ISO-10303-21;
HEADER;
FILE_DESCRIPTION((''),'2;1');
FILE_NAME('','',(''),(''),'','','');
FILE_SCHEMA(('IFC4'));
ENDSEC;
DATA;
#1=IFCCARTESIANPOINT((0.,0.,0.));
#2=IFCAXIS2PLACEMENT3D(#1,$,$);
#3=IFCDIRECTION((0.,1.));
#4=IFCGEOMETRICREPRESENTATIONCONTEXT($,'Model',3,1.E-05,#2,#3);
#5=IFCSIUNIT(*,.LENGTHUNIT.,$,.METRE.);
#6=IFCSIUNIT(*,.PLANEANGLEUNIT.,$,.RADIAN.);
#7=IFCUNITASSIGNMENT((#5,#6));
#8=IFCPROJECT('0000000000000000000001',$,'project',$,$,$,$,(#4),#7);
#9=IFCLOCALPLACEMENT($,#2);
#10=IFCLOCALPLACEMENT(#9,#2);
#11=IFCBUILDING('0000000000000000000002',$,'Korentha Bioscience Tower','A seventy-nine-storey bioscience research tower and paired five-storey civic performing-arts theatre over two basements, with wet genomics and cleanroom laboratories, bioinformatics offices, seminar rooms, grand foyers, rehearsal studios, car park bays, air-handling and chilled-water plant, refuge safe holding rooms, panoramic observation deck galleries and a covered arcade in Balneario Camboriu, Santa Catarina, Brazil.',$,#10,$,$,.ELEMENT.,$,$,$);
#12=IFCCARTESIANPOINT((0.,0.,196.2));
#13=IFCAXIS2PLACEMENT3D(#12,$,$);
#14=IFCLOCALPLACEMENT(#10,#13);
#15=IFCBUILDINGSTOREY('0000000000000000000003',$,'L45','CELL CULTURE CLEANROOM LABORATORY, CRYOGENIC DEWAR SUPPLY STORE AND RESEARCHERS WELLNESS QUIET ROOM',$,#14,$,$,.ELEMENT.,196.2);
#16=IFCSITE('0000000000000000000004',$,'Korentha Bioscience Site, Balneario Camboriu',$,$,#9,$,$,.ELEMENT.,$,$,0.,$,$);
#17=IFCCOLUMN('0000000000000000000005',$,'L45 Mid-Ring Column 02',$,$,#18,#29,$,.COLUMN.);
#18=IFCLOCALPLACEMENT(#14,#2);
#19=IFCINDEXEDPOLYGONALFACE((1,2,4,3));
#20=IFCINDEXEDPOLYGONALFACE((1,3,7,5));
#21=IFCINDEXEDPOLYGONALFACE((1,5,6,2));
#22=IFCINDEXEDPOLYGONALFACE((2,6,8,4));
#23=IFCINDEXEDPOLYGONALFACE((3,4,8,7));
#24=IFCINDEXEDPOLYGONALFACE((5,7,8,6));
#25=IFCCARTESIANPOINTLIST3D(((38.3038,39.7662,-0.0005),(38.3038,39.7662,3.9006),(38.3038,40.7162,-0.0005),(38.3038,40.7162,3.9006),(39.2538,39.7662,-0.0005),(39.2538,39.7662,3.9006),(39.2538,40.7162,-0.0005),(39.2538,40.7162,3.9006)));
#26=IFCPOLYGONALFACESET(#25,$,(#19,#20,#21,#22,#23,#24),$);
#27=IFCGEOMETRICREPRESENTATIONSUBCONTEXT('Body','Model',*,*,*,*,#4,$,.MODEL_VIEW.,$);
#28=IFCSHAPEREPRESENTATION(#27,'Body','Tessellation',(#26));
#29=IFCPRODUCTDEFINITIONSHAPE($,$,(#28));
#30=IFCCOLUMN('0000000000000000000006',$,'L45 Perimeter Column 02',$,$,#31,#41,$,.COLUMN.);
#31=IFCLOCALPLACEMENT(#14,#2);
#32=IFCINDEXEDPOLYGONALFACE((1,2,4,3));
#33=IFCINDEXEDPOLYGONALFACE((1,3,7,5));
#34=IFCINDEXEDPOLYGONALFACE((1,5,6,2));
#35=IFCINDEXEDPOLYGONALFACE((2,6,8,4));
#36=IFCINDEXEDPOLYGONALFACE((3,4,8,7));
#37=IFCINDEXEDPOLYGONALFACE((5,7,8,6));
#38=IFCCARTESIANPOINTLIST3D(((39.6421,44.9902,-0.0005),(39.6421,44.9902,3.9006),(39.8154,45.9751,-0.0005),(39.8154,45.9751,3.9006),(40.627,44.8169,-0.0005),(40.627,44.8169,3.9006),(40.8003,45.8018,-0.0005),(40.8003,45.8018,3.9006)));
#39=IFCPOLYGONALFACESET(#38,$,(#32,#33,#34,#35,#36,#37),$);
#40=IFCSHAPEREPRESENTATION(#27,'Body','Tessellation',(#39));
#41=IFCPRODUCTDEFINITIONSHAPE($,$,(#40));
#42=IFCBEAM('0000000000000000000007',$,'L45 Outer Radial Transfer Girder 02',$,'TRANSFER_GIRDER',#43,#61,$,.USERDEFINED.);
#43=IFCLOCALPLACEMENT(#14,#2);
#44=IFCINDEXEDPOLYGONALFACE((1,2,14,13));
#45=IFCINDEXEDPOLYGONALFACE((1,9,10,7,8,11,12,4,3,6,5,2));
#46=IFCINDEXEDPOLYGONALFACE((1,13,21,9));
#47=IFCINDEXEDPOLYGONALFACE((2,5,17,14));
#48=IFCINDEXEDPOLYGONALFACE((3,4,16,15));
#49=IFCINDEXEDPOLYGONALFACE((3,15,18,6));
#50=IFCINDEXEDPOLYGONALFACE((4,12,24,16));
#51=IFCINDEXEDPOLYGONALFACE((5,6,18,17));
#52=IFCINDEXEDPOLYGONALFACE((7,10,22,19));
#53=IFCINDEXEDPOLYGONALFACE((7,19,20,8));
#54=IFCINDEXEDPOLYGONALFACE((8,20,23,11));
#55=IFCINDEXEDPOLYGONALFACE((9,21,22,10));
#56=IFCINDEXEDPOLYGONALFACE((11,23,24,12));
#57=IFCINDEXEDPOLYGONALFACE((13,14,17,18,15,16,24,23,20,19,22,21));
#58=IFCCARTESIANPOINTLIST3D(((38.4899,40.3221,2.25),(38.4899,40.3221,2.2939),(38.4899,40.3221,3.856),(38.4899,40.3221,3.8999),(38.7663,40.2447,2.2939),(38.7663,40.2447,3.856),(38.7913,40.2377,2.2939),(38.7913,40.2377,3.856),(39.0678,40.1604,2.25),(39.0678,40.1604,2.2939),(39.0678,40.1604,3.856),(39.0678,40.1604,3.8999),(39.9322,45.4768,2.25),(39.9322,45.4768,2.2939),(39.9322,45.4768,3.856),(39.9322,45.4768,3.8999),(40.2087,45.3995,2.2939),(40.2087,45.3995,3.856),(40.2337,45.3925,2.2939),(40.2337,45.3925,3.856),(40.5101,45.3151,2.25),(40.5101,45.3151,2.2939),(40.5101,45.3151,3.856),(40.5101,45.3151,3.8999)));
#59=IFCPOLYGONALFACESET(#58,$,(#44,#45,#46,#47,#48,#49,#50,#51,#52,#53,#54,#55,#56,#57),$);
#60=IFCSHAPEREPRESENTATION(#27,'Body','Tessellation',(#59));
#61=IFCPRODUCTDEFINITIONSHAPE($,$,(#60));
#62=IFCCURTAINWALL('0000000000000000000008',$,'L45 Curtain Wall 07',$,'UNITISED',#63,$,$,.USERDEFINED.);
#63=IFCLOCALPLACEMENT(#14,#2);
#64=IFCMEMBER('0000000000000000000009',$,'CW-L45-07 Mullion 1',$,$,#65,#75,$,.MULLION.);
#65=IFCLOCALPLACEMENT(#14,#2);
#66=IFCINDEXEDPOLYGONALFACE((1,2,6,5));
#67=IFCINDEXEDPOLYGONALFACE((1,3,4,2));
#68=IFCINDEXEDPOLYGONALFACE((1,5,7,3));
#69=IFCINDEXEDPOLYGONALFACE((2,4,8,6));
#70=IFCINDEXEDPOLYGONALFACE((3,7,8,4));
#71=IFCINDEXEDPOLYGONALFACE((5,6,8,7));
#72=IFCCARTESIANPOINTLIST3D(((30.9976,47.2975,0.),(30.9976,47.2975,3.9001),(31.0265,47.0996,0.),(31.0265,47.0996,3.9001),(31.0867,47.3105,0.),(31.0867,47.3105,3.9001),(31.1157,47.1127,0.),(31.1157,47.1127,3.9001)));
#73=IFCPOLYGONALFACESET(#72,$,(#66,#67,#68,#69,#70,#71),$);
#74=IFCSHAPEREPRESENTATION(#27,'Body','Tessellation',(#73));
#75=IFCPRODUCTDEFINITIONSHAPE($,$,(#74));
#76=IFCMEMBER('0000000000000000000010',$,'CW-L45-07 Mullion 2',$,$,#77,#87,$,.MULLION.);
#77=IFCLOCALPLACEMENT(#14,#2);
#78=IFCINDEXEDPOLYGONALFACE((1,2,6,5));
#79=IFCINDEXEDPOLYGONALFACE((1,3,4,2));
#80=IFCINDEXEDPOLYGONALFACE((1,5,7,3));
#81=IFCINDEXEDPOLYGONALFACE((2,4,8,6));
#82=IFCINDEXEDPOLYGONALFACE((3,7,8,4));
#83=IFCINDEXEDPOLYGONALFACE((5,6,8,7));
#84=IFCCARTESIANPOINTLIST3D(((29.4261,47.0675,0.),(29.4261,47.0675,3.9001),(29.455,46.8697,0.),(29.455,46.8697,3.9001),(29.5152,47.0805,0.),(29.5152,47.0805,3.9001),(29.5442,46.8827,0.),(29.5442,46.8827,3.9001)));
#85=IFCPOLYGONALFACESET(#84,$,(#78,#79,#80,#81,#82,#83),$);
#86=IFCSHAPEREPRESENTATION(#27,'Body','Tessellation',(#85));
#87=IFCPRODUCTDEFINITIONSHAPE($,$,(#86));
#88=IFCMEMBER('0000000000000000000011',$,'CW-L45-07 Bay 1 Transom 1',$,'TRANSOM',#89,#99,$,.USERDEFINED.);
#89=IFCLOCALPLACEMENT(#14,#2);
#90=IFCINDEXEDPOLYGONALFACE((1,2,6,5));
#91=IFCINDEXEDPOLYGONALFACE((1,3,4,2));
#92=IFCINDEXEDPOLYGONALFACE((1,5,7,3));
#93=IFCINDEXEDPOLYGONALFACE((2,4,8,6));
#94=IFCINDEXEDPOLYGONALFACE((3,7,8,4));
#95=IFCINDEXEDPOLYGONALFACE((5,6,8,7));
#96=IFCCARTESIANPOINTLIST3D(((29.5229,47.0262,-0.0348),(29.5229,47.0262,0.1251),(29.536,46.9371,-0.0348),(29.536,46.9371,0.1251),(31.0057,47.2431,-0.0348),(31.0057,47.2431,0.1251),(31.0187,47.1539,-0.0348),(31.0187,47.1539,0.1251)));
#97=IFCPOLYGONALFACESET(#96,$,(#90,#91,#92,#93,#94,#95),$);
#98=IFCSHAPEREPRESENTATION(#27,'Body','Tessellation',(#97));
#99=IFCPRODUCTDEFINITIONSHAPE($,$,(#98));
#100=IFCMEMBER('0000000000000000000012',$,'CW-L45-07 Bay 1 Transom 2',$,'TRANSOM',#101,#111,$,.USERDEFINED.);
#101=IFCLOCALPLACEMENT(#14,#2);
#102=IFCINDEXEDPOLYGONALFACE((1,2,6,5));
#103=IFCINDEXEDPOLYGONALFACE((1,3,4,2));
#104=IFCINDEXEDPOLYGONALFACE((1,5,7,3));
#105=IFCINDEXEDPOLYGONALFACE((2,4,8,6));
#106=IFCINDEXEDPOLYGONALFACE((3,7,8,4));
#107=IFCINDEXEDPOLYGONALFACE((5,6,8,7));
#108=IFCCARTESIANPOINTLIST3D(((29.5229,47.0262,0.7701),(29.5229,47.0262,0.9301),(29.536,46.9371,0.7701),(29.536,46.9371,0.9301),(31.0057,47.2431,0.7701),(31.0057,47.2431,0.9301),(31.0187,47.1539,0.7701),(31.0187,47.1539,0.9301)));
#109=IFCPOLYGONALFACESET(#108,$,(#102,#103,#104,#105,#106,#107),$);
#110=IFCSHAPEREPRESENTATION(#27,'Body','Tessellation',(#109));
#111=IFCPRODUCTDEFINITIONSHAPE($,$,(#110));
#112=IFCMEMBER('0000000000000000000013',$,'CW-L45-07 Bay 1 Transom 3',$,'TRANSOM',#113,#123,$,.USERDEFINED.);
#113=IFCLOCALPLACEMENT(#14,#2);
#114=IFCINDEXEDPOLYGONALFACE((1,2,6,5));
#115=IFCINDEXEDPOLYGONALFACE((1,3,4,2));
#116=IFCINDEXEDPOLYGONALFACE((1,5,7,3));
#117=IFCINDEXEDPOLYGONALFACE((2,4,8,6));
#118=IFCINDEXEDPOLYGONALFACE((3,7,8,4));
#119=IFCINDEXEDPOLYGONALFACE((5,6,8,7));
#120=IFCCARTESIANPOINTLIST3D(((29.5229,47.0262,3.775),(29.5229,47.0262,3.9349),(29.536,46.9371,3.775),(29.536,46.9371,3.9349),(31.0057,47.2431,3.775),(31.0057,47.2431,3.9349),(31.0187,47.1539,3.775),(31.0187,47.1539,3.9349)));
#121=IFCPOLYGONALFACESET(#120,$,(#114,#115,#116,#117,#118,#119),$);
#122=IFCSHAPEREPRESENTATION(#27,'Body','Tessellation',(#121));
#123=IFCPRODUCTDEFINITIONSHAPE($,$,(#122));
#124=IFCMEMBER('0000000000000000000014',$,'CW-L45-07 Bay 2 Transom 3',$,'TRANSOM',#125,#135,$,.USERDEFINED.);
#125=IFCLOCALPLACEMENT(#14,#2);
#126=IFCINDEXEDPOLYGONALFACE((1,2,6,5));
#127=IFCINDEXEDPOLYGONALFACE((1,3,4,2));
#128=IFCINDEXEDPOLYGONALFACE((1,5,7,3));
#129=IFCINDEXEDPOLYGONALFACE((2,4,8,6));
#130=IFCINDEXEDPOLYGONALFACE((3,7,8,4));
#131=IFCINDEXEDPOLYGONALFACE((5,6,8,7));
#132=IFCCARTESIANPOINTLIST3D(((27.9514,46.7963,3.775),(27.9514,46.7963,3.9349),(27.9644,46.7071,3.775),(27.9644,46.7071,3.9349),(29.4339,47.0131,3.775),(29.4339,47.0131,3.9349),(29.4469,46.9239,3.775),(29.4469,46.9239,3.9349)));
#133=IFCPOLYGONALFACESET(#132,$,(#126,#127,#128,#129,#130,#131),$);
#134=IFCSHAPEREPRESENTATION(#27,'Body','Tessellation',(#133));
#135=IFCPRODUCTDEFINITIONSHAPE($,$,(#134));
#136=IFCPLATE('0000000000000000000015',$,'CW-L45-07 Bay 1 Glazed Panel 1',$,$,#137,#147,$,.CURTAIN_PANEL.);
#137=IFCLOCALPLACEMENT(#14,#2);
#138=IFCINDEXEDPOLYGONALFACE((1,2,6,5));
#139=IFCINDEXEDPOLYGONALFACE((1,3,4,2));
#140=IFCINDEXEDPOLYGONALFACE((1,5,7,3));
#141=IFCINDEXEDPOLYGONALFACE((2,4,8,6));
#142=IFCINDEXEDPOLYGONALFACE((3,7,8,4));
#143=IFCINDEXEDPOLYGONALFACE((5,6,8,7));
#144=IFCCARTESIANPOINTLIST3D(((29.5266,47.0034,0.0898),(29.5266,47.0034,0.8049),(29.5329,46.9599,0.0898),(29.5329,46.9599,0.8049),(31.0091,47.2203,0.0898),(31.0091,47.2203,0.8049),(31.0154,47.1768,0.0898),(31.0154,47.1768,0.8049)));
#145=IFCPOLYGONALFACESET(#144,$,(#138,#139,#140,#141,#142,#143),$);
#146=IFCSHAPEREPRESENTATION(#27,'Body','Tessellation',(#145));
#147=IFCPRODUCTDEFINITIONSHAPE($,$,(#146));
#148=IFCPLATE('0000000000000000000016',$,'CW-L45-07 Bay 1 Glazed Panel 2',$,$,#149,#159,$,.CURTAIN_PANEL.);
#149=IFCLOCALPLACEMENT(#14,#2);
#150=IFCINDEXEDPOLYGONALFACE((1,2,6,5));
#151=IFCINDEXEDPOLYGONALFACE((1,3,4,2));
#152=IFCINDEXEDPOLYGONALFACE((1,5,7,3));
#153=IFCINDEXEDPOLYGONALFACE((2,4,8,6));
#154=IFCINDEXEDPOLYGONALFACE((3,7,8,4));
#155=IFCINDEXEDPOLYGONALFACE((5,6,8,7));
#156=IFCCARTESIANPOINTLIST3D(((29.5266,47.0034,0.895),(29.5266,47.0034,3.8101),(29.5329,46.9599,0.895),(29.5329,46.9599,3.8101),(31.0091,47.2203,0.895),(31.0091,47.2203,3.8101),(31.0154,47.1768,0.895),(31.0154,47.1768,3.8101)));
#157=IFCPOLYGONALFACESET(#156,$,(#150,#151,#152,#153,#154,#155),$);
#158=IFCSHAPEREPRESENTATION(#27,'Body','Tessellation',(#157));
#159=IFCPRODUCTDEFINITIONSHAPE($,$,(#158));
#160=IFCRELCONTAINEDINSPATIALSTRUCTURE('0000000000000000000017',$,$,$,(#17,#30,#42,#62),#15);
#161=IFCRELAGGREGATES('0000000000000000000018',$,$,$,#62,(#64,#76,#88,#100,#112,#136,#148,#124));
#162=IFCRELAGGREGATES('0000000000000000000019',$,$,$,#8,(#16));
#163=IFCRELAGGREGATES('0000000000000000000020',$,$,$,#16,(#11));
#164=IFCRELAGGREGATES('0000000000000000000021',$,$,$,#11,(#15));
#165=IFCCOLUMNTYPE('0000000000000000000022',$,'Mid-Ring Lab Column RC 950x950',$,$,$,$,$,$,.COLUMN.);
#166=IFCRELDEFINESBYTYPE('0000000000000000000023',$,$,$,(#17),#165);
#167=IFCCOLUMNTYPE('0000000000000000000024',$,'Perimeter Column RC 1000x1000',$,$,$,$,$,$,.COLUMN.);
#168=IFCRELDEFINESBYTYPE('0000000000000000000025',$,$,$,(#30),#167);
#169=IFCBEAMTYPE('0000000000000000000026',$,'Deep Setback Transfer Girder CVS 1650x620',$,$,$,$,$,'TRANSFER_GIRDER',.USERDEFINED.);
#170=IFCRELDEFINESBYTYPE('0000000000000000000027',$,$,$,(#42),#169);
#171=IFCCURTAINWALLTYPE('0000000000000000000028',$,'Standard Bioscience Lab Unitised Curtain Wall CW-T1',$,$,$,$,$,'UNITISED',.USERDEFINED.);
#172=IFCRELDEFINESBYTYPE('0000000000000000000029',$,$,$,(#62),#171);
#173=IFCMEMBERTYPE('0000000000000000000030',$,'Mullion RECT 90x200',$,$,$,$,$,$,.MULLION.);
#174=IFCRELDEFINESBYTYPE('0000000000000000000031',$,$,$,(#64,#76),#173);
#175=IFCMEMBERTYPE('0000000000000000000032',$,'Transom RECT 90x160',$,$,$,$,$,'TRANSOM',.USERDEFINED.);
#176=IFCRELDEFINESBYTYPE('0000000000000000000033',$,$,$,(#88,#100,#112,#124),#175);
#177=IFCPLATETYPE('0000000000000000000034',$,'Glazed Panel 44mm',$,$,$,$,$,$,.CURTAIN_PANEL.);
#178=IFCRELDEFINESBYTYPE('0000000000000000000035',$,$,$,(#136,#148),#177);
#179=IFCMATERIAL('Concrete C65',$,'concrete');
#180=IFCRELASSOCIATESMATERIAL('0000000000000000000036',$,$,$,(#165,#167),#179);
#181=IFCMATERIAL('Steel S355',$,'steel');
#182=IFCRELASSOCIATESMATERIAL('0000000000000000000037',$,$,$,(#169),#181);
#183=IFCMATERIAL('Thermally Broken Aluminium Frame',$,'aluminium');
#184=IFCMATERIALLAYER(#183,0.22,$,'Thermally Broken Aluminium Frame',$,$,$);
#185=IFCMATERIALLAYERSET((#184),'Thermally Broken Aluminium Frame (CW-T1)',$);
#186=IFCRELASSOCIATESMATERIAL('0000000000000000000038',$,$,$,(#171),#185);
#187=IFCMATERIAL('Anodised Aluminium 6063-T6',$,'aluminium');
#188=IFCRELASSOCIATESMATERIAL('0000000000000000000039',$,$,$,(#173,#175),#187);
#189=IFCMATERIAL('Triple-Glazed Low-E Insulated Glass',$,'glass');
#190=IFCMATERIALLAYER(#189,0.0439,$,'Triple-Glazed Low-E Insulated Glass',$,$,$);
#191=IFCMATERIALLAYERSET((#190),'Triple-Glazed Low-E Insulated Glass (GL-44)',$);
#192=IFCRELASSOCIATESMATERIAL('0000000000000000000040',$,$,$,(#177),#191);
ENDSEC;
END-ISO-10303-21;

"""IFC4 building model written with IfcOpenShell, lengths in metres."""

from ifc_helpers import new_model, si_unit, direction, frame, origin, origin_2d, place, context, subcontext, project, spatial, rectangle, i_section, extrude, material, layer, layer_set, material_profile, profile_set, type_object, element, aggregate, save


model = new_model("IFC4")

# Units and contexts
model_context = context("Model", 3, precision=1e-05, world=origin(), true_north=direction((0.0, 1.0)))
body_context = subcontext(model_context, "Body", "Model", "MODEL_VIEW")
ifc_project = project(units=[si_unit("LENGTHUNIT", "METRE"), si_unit("PLANEANGLEUNIT", "RADIAN")], contexts=[model_context])

# Site, building, storey
site_placement = place(None, origin())
site = spatial("IfcSite", under=ifc_project, at=site_placement, Name="Korentha Bioscience Site, Balneario Camboriu", CompositionType="ELEMENT", RefElevation=0.0)
building_placement = place(site_placement, origin())
building = spatial("IfcBuilding", under=site, at=building_placement, Name="Korentha Bioscience Tower", Description="A seventy-nine-storey bioscience research tower and paired five-storey civic performing-arts theatre over two basements, with wet genomics and cleanroom laboratories, bioinformatics offices, seminar rooms, grand foyers, rehearsal studios, car park bays, air-handling and chilled-water plant, refuge safe holding rooms, panoramic observation deck galleries and a covered arcade in Balneario Camboriu, Santa Catarina, Brazil.", CompositionType="ELEMENT")
storey_placement = place(building_placement, frame((0.0, 0.0, 196.2)))
storey = spatial("IfcBuildingStorey", under=building, at=storey_placement, Name="L45", Description="CELL CULTURE CLEANROOM LABORATORY, CRYOGENIC DEWAR SUPPLY STORE AND RESEARCHERS WELLNESS QUIET ROOM", CompositionType="ELEMENT", Elevation=196.2)

# Columns
ifc_material_1 = material(Name="Concrete C65", Category="concrete")
ifc_material_profile_1 = material_profile(ifc_material_1, rectangle(XDim=0.95, YDim=0.95, at=origin_2d()), Name="Concrete C65")
ifc_profile_set_1 = profile_set([ifc_material_profile_1], Name="Concrete C65 (COL-MR09)")
column_type_1 = type_object("IfcColumnType", Name="Mid-Ring Lab Column RC 950x950", PredefinedType="COLUMN", material=ifc_profile_set_1)
column_1_placement = place(storey_placement, frame((38.7788, 40.2412, -0.0005), z_axis=(0.0, 0.0, 1.0), x_axis=(1.0, 0.0, 0.0)))
element("IfcColumn", 1, at=column_1_placement, inside=storey, type_object=column_type_1, Name="L45 Mid-Ring Column 02", PredefinedType="COLUMN", context=body_context, shape_type="SweptSolid", body=[
    extrude(rectangle(XDim=0.95, YDim=0.95, at=origin_2d()), origin(), (0.0, 0.0, 1.0), 3.9011),
])
ifc_material_profile_2 = material_profile(ifc_material_1, rectangle(XDim=1.0, YDim=1.0, at=origin_2d()), Name="Concrete C65")
ifc_profile_set_2 = profile_set([ifc_material_profile_2], Name="Concrete C65 (COL-P10)")
column_type_2 = type_object("IfcColumnType", Name="Perimeter Column RC 1000x1000", PredefinedType="COLUMN", material=ifc_profile_set_2)
column_2_placement = place(storey_placement, frame((40.2212, 45.396, -0.0005), z_axis=(0.0, 0.0, 1.0), x_axis=(-0.984868, 0.173304, 0.0)))
element("IfcColumn", 2, at=column_2_placement, inside=storey, type_object=column_type_2, Name="L45 Perimeter Column 02", PredefinedType="COLUMN", context=body_context, shape_type="SweptSolid", body=[
    extrude(rectangle(XDim=1.0, YDim=1.0, at=origin_2d()), origin(), (0.0, 0.0, 1.0), 3.9011),
])

# Beam
ifc_material_2 = material(Name="Steel S355", Category="steel")
ifc_material_profile_3 = material_profile(ifc_material_2, i_section(OverallWidth=0.6001, OverallDepth=1.6499, WebThickness=0.0259, FlangeThickness=0.0439, at=origin_2d()), Name="Steel S355")
ifc_profile_set_3 = profile_set([ifc_material_profile_3], Name="Steel S355 (TG-04)")
beam_type = type_object("IfcBeamType", Name="Deep Setback Transfer Girder CVS 1650x620", ElementType="TRANSFER_GIRDER", PredefinedType="USERDEFINED", material=ifc_profile_set_3)
beam_placement = place(storey_placement, frame((38.7788, 40.2412, 3.075), z_axis=(0.269464, 0.96301, 0.0), x_axis=(-0.96301, 0.269464, 0.0)))
element("IfcBeam", 3, at=beam_placement, inside=storey, type_object=beam_type, Name="L45 Outer Radial Transfer Girder 02", ObjectType="TRANSFER_GIRDER", PredefinedType="USERDEFINED", context=body_context, shape_type="SweptSolid", body=[
    extrude(i_section(OverallWidth=0.6001, OverallDepth=1.6499, WebThickness=0.0259, FlangeThickness=0.0439, at=origin_2d()), origin(), (0.0, 0.0, 1.0), 5.3528),
])

# Curtain wall, members, plates
ifc_material_3 = material(Name="Thermally Broken Aluminium Frame", Category="aluminium")
ifc_layer_1 = layer(ifc_material_3, 0.22, Name="Thermally Broken Aluminium Frame")
ifc_layer_set_1 = layer_set([ifc_layer_1], Name="Thermally Broken Aluminium Frame (CW-T1)")
curtain_wall_type = type_object("IfcCurtainWallType", Name="Standard Bioscience Lab Unitised Curtain Wall CW-T1", ElementType="UNITISED", PredefinedType="USERDEFINED", material=ifc_layer_set_1)
curtain_wall_placement = place(storey_placement, origin())
curtain_wall = element("IfcCurtainWall", 4, at=curtain_wall_placement, inside=storey, type_object=curtain_wall_type, Name="L45 Curtain Wall 07", ObjectType="UNITISED", PredefinedType="USERDEFINED")
ifc_material_4 = material(Name="Anodised Aluminium 6063-T6", Category="aluminium")
ifc_material_profile_4 = material_profile(ifc_material_4, rectangle(XDim=0.0901, YDim=0.2, at=origin_2d()), Name="Anodised Aluminium 6063-T6")
ifc_profile_set_4 = profile_set([ifc_material_profile_4], Name="Anodised Aluminium 6063-T6 (CW-MUL)")
member_type_1 = type_object("IfcMemberType", Name="Mullion RECT 90x200", PredefinedType="MULLION", material=ifc_profile_set_4)
member_1_placement = place(storey_placement, frame((31.0566, 47.2051, 0.0), z_axis=(0.0, 0.0, 1.0), x_axis=(-0.989462, -0.144793, 0.0)))
member_1 = element("IfcMember", 5, at=member_1_placement, type_object=member_type_1, Name="CW-L45-07 Mullion 1", PredefinedType="MULLION", context=body_context, shape_type="SweptSolid", body=[
    extrude(rectangle(XDim=0.0901, YDim=0.2, at=origin_2d()), origin(), (0.0, 0.0, 1.0), 3.9001),
])
member_2_placement = place(storey_placement, frame((29.4851, 46.9751, 0.0), z_axis=(0.0, 0.0, 1.0), x_axis=(-0.989462, -0.144793, 0.0)))
member_2 = element("IfcMember", 6, at=member_2_placement, type_object=member_type_1, Name="CW-L45-07 Mullion 2", PredefinedType="MULLION", context=body_context, shape_type="SweptSolid", body=[
    extrude(rectangle(XDim=0.0901, YDim=0.2, at=origin_2d()), origin(), (0.0, 0.0, 1.0), 3.9001),
])
ifc_material_profile_5 = material_profile(ifc_material_4, rectangle(XDim=0.0901, YDim=0.1599, at=origin_2d()), Name="Anodised Aluminium 6063-T6")
ifc_profile_set_5 = profile_set([ifc_material_profile_5], Name="Anodised Aluminium 6063-T6 (CW-TRN)")
member_type_2 = type_object("IfcMemberType", Name="Transom RECT 90x160", ElementType="TRANSOM", PredefinedType="USERDEFINED", material=ifc_profile_set_5)
member_3_placement = place(storey_placement, frame((31.0122, 47.1985, 0.0452), z_axis=(-0.989478, -0.144682, 0.0), x_axis=(0.144682, -0.989478, 0.0)))
member_3 = element("IfcMember", 7, at=member_3_placement, type_object=member_type_2, Name="CW-L45-07 Bay 1 Transom 1", ObjectType="TRANSOM", PredefinedType="USERDEFINED", context=body_context, shape_type="SweptSolid", body=[
    extrude(rectangle(XDim=0.0901, YDim=0.1599, at=origin_2d()), origin(), (0.0, 0.0, 1.0), 1.4985),
])
member_4_placement = place(storey_placement, frame((31.0122, 47.1985, 0.8501), z_axis=(-0.989478, -0.144682, 0.0), x_axis=(0.144682, -0.989478, 0.0)))
member_4 = element("IfcMember", 8, at=member_4_placement, type_object=member_type_2, Name="CW-L45-07 Bay 1 Transom 2", ObjectType="TRANSOM", PredefinedType="USERDEFINED", context=body_context, shape_type="SweptSolid", body=[
    extrude(rectangle(XDim=0.0901, YDim=0.1599, at=origin_2d()), origin(), (0.0, 0.0, 1.0), 1.4985),
])
member_5_placement = place(storey_placement, frame((31.0122, 47.1985, 3.855), z_axis=(-0.989478, -0.144682, 0.0), x_axis=(0.144682, -0.989478, 0.0)))
member_5 = element("IfcMember", 9, at=member_5_placement, type_object=member_type_2, Name="CW-L45-07 Bay 1 Transom 3", ObjectType="TRANSOM", PredefinedType="USERDEFINED", context=body_context, shape_type="SweptSolid", body=[
    extrude(rectangle(XDim=0.0901, YDim=0.1599, at=origin_2d()), origin(), (0.0, 0.0, 1.0), 1.4985),
])
member_6_placement = place(storey_placement, frame((29.4404, 46.9685, 3.855), z_axis=(-0.989475, -0.144706, 0.0), x_axis=(0.144706, -0.989475, 0.0)))
member_6 = element("IfcMember", 10, at=member_6_placement, type_object=member_type_2, Name="CW-L45-07 Bay 2 Transom 3", ObjectType="TRANSOM", PredefinedType="USERDEFINED", context=body_context, shape_type="SweptSolid", body=[
    extrude(rectangle(XDim=0.0901, YDim=0.1599, at=origin_2d()), origin(), (0.0, 0.0, 1.0), 1.4983),
])
ifc_material_5 = material(Name="Triple-Glazed Low-E Insulated Glass", Category="glass")
ifc_layer_2 = layer(ifc_material_5, 0.0439, Name="Triple-Glazed Low-E Insulated Glass")
ifc_layer_set_2 = layer_set([ifc_layer_2], Name="Triple-Glazed Low-E Insulated Glass (GL-44)")
plate_type = type_object("IfcPlateType", Name="Glazed Panel 44mm", PredefinedType="CURTAIN_PANEL", material=ifc_layer_set_2)
plate_1_placement = place(storey_placement, frame((30.271, 47.0901, 0.0898), z_axis=(0.0, 0.0, 1.0), x_axis=(-0.989462, -0.144793, 0.0)))
plate_1 = element("IfcPlate", 11, at=plate_1_placement, type_object=plate_type, Name="CW-L45-07 Bay 1 Glazed Panel 1", PredefinedType="CURTAIN_PANEL", context=body_context, shape_type="SweptSolid", body=[
    extrude(rectangle(XDim=1.4983, YDim=0.0439, at=origin_2d()), origin(), (0.0, 0.0, 1.0), 0.7151),
])
plate_2_placement = place(storey_placement, frame((30.271, 47.0901, 0.895), z_axis=(0.0, 0.0, 1.0), x_axis=(-0.989462, -0.144793, 0.0)))
plate_2 = element("IfcPlate", 12, at=plate_2_placement, type_object=plate_type, Name="CW-L45-07 Bay 1 Glazed Panel 2", PredefinedType="CURTAIN_PANEL", context=body_context, shape_type="SweptSolid", body=[
    extrude(rectangle(XDim=1.4983, YDim=0.0439, at=origin_2d()), origin(), (0.0, 0.0, 1.0), 2.915),
])
aggregate(curtain_wall, [member_1, member_2, member_3, member_4, member_5, plate_1, plate_2, member_6])

save(model, "model.ifc")
